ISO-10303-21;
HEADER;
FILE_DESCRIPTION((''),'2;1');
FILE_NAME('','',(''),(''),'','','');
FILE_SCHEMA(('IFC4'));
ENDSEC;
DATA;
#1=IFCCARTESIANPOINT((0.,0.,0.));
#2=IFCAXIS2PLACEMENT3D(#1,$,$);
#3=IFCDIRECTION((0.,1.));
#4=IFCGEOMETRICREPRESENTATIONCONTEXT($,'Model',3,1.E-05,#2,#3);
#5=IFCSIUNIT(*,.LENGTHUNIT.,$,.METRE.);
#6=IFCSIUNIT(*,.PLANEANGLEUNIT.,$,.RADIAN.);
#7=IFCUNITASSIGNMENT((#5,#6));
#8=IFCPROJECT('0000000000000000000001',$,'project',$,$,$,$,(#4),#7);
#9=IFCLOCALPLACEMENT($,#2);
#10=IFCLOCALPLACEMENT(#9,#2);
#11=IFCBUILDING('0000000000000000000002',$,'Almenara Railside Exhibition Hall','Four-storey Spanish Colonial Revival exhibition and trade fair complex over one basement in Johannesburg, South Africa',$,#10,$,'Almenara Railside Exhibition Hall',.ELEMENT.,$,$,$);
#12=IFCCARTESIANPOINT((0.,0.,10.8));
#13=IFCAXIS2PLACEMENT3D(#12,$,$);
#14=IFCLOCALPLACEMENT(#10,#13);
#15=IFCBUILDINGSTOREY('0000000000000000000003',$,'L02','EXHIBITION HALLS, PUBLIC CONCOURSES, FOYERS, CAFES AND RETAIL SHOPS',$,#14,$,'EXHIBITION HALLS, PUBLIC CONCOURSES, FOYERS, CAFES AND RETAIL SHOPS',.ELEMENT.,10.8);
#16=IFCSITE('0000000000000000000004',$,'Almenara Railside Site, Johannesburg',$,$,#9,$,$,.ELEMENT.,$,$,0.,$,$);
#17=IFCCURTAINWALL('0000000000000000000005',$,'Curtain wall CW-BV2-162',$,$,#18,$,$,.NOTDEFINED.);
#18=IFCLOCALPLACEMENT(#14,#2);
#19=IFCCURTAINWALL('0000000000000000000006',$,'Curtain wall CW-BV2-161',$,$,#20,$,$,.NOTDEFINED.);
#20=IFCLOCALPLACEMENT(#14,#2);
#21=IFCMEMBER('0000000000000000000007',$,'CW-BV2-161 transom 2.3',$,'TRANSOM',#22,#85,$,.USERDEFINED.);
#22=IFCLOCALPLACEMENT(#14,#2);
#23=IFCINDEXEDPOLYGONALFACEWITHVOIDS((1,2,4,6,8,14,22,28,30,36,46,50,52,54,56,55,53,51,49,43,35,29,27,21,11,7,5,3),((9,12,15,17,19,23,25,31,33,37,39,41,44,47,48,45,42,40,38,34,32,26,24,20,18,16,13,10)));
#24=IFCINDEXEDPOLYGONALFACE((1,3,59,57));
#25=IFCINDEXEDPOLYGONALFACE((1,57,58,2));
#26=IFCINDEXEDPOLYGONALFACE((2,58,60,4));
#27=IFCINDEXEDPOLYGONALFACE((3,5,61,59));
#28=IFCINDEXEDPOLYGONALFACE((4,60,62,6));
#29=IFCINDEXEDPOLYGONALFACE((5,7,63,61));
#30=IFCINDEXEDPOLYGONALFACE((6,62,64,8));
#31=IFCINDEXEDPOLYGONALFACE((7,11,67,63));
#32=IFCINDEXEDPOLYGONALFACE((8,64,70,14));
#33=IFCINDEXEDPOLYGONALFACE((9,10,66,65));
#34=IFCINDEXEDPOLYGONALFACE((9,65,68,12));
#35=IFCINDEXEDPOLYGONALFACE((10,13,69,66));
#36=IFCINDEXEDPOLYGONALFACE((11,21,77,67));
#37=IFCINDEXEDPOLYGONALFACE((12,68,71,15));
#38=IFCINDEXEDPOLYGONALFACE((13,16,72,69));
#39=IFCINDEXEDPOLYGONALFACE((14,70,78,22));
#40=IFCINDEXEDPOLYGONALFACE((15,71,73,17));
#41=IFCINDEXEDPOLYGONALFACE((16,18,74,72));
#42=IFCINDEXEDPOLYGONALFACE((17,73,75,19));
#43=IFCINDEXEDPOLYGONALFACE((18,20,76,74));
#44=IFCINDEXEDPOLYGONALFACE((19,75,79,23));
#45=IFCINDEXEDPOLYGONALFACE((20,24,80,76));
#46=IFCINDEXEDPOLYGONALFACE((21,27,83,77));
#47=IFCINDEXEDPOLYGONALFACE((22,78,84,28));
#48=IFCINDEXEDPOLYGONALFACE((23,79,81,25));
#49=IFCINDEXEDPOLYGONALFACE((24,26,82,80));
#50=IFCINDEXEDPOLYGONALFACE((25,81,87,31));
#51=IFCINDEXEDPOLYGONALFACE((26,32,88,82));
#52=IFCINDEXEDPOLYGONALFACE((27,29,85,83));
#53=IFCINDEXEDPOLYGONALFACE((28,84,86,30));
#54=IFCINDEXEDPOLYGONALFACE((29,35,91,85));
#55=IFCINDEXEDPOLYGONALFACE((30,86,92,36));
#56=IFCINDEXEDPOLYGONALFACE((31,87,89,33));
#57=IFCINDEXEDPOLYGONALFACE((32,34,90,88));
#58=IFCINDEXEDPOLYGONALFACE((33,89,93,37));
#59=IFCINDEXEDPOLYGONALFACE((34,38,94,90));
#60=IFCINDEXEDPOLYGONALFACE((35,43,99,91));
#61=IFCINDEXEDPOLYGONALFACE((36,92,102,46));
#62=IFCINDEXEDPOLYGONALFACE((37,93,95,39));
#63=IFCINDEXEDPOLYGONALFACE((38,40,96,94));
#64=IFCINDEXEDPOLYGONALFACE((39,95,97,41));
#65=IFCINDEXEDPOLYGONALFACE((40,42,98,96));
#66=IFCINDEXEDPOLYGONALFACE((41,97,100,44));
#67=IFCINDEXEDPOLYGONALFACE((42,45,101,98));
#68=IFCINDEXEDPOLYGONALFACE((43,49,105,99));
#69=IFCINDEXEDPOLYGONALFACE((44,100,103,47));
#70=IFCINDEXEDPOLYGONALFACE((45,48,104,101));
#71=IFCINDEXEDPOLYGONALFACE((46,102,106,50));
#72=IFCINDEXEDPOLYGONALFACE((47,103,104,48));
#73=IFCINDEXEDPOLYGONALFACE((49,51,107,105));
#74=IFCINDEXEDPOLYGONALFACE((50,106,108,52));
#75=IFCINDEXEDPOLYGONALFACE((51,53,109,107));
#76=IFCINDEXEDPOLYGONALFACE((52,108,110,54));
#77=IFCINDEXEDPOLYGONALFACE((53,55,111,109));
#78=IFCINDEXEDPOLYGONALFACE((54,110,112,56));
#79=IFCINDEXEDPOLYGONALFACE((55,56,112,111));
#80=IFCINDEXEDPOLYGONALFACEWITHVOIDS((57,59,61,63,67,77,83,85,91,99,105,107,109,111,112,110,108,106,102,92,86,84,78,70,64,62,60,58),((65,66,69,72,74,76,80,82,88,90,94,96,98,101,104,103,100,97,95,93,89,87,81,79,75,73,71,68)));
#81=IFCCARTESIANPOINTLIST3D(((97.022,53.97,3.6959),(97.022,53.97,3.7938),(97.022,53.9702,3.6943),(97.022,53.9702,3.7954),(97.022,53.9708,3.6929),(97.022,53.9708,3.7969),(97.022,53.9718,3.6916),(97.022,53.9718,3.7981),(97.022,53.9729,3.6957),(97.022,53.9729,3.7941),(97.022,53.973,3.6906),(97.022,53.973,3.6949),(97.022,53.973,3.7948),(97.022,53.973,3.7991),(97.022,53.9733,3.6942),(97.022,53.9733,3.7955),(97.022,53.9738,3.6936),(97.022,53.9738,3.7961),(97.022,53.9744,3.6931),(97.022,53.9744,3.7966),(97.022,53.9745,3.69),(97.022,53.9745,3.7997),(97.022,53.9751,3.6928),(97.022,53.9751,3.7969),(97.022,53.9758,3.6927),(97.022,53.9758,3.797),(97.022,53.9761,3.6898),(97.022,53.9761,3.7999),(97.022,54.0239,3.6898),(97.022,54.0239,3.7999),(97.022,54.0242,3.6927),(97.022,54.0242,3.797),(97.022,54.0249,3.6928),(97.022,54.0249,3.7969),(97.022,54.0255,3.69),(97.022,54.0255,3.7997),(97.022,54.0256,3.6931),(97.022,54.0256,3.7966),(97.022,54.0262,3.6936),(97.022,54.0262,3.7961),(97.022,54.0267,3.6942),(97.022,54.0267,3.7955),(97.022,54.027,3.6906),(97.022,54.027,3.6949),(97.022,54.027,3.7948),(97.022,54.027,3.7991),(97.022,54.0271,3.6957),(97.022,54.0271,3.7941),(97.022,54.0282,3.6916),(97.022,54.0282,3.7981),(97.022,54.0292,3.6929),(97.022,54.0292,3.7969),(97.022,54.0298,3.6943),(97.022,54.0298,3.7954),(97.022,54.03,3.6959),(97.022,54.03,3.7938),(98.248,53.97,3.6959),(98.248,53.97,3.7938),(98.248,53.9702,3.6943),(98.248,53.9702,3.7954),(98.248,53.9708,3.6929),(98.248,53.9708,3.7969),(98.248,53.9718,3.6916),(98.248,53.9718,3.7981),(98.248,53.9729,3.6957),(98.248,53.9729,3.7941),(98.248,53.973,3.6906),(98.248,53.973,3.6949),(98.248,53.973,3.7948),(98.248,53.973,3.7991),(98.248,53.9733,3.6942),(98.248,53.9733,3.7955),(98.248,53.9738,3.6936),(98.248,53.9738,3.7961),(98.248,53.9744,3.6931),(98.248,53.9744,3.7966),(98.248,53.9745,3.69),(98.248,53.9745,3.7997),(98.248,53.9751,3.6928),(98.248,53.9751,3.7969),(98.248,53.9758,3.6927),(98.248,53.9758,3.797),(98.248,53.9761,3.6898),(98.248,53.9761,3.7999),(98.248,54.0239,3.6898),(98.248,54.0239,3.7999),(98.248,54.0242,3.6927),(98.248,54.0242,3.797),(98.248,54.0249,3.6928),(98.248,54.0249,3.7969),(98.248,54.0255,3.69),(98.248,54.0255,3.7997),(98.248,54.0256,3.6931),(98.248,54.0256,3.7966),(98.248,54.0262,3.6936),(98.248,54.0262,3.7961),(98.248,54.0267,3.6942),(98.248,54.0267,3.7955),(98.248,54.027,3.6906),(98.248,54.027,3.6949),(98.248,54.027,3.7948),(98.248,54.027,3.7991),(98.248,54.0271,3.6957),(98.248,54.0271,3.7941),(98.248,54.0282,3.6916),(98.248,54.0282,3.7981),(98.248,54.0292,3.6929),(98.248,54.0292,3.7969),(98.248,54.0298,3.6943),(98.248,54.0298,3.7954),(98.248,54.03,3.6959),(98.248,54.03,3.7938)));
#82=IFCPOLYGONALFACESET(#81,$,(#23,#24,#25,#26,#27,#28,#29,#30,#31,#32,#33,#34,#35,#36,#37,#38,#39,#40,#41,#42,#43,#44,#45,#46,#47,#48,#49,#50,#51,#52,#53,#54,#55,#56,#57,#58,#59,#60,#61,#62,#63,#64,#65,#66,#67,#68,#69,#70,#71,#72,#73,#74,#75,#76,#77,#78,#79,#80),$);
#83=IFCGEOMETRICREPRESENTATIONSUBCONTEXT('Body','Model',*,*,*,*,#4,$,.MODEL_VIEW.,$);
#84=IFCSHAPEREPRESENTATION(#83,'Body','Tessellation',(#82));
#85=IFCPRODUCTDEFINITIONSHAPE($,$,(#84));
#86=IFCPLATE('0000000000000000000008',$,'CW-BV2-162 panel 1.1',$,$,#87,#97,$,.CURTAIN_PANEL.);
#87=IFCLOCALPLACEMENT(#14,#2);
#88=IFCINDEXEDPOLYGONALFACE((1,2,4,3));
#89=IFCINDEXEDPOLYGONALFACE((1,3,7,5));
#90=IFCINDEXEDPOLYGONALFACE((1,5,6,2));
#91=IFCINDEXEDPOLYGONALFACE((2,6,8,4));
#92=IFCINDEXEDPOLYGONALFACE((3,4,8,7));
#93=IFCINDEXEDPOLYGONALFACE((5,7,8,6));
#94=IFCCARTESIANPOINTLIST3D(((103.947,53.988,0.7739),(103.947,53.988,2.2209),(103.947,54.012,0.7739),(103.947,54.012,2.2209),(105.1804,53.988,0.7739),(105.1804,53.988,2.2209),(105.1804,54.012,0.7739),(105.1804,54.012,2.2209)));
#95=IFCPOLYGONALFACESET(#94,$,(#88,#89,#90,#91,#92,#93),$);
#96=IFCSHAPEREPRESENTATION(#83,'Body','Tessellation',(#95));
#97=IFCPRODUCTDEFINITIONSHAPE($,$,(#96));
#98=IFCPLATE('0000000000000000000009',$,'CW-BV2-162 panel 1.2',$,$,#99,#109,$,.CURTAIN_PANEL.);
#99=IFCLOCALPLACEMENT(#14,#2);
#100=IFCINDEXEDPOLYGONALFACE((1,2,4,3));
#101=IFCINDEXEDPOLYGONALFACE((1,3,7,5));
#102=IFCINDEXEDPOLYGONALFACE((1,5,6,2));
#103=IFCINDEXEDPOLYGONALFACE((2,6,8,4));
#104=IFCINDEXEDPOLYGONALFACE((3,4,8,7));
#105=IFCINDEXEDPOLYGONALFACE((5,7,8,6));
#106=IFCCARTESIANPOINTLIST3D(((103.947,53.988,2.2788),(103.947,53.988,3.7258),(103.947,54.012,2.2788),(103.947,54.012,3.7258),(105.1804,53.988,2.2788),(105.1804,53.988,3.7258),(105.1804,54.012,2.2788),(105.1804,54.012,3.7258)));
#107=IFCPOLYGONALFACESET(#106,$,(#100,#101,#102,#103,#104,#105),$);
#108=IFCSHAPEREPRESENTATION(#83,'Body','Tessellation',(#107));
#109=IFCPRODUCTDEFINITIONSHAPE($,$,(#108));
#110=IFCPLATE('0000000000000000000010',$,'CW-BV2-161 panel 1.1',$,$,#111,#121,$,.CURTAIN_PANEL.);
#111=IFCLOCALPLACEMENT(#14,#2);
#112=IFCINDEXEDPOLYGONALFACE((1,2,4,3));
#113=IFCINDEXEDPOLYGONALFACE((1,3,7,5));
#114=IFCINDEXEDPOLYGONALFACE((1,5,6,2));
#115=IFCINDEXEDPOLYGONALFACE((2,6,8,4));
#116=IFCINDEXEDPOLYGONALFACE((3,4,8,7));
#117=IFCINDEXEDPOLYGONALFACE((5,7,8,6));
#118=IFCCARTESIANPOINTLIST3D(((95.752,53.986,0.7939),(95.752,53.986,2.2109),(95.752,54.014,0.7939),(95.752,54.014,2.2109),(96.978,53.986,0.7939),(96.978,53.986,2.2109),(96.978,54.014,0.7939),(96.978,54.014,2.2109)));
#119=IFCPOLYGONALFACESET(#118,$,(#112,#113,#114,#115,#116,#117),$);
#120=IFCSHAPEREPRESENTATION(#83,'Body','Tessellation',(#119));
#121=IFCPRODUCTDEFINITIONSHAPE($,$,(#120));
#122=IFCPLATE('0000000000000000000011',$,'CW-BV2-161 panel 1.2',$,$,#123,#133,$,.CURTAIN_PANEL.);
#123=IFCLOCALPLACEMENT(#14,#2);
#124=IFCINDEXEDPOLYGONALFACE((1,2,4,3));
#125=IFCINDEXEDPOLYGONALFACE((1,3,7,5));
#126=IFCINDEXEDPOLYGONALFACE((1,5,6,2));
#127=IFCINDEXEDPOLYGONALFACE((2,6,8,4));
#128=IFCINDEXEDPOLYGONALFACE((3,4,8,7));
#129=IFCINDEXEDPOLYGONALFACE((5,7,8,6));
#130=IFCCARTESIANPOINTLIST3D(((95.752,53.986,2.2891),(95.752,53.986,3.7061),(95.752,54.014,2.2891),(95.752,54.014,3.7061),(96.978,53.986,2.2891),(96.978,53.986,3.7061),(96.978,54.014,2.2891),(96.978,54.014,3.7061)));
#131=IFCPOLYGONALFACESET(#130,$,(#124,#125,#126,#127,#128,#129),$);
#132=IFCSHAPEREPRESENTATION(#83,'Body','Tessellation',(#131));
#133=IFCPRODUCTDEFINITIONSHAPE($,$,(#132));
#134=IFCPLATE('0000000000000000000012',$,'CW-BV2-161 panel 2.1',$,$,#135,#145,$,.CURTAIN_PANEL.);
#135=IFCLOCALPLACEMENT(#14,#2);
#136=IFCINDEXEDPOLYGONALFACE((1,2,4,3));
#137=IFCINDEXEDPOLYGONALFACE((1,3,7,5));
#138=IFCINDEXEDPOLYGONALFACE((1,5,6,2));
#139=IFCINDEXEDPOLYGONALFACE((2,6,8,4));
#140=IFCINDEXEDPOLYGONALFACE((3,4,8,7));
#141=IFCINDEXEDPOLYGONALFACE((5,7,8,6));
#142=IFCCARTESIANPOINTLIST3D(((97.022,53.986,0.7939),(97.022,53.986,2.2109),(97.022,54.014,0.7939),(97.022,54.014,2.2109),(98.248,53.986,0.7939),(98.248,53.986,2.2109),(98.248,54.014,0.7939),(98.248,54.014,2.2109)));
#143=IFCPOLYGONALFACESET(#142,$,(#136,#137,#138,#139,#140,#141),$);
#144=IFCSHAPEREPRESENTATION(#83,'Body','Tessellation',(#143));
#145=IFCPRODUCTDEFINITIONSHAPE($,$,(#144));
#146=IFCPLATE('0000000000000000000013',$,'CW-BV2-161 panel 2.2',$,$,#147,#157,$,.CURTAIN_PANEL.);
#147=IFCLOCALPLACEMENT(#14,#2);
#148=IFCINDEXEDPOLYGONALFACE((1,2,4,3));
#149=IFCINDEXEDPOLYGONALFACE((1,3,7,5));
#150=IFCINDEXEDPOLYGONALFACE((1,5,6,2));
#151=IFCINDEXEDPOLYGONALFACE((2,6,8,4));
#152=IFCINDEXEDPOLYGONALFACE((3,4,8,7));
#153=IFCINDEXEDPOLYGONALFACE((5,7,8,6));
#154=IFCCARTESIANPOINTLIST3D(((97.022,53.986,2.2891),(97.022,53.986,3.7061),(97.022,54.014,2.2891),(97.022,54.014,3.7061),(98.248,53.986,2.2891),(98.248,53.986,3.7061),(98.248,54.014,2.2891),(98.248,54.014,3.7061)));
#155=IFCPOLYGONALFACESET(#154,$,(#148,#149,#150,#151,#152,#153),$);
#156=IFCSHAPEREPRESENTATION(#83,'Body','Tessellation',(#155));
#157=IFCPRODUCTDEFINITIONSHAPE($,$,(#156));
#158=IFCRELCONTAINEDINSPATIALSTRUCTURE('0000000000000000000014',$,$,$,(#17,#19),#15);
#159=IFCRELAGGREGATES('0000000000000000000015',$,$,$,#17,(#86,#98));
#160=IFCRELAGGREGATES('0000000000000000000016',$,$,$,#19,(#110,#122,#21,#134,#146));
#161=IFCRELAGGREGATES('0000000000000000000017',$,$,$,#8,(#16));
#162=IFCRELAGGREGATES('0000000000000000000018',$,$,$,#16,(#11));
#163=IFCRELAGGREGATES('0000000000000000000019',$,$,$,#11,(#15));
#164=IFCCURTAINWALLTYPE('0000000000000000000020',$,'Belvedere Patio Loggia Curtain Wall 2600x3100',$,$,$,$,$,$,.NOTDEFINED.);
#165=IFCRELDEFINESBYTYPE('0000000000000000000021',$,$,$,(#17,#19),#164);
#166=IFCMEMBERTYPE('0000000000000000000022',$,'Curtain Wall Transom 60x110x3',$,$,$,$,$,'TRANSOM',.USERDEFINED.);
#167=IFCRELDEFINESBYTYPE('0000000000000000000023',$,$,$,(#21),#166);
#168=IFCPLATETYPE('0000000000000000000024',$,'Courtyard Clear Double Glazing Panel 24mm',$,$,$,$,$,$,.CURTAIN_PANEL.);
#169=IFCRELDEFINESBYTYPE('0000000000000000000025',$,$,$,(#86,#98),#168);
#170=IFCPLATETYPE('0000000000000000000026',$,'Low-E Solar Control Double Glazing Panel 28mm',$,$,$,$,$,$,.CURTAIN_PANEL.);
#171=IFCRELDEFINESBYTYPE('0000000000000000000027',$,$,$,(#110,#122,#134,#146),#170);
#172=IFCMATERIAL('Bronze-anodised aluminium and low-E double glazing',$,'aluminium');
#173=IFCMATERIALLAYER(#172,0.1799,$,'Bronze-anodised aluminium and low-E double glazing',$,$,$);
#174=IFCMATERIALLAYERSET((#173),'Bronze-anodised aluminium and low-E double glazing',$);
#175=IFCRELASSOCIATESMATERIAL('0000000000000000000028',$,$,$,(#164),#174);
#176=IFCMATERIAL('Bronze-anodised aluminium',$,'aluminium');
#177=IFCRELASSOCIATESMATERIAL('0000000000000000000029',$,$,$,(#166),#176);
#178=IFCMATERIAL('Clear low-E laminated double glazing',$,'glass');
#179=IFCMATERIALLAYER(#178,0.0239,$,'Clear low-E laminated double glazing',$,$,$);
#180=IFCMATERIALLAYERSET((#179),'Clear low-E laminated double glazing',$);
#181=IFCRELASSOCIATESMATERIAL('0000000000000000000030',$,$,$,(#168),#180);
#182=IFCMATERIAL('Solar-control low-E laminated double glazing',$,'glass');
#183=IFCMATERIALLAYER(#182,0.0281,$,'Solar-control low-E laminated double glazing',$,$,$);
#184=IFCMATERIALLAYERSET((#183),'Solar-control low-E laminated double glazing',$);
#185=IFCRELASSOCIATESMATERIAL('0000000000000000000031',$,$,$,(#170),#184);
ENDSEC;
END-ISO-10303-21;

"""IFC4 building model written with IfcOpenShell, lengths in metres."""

from ifc_helpers import new_model, si_unit, direction, frame, origin, origin_2d, place, context, subcontext, project, spatial, rectangle, hollow_rectangle, extrude, material, layer, layer_set, material_profile, profile_set, type_object, element, aggregate, save


model = new_model("IFC4")

# Units and contexts
model_context = context("Model", 3, precision=1e-05, world=origin(), true_north=direction((0.0, 1.0)))
body_context = subcontext(model_context, "Body", "Model", "MODEL_VIEW")
ifc_project = project(units=[si_unit("LENGTHUNIT", "METRE"), si_unit("PLANEANGLEUNIT", "RADIAN")], contexts=[model_context])

# Site, building, storey
site_placement = place(None, origin())
site = spatial("IfcSite", under=ifc_project, at=site_placement, Name="Almenara Railside Site, Johannesburg", CompositionType="ELEMENT", RefElevation=0.0)
building_placement = place(site_placement, origin())
building = spatial("IfcBuilding", under=site, at=building_placement, Name="Almenara Railside Exhibition Hall", Description="Four-storey Spanish Colonial Revival exhibition and trade fair complex over one basement in Johannesburg, South Africa", LongName="Almenara Railside Exhibition Hall", CompositionType="ELEMENT")
storey_placement = place(building_placement, frame((0.0, 0.0, 10.8)))
storey = spatial("IfcBuildingStorey", under=building, at=storey_placement, Name="L02", Description="EXHIBITION HALLS, PUBLIC CONCOURSES, FOYERS, CAFES AND RETAIL SHOPS", LongName="EXHIBITION HALLS, PUBLIC CONCOURSES, FOYERS, CAFES AND RETAIL SHOPS", CompositionType="ELEMENT", Elevation=10.8)

# Curtain wall
ifc_material_1 = material(Name="Bronze-anodised aluminium and low-E double glazing", Category="aluminium")
ifc_layer_1 = layer(ifc_material_1, 0.1799, Name="Bronze-anodised aluminium and low-E double glazing")
ifc_layer_set_1 = layer_set([ifc_layer_1], Name="Bronze-anodised aluminium and low-E double glazing")
curtain_wall_type = type_object("IfcCurtainWallType", Name="Belvedere Patio Loggia Curtain Wall 2600x3100", PredefinedType="NOTDEFINED", material=ifc_layer_set_1)
curtain_wall_1_placement = place(storey_placement, origin())
curtain_wall_1 = element("IfcCurtainWall", 1, at=curtain_wall_1_placement, inside=storey, type_object=curtain_wall_type, Name="Curtain wall CW-BV2-162", PredefinedType="NOTDEFINED")
ifc_material_2 = material(Name="Bronze-anodised aluminium", Category="aluminium")

# Curtain wall
curtain_wall_2_placement = place(storey_placement, origin())
curtain_wall_2 = element("IfcCurtainWall", 2, at=curtain_wall_2_placement, inside=storey, type_object=curtain_wall_type, Name="Curtain wall CW-BV2-161", PredefinedType="NOTDEFINED")

# Member
ifc_material_profile_1 = material_profile(ifc_material_2, hollow_rectangle(XDim=0.0601, YDim=0.1101, WallThickness=0.0029, InnerFilletRadius=0.0029, OuterFilletRadius=0.0061, at=origin_2d()), Name="ALU-TRN 60x110x3")
ifc_profile_set_1 = profile_set([ifc_material_profile_1], Name="Bronze-anodised aluminium")
member_type_1 = type_object("IfcMemberType", Name="Curtain Wall Transom 60x110x3", ElementType="TRANSOM", PredefinedType="USERDEFINED", material=ifc_profile_set_1)
member_1_placement = place(storey_placement, frame((97.022, 54.0, 3.7449), z_axis=(1.0, 0.0, 0.0), x_axis=(0.0, 1.0, 0.0)))
member_1 = element("IfcMember", 3, at=member_1_placement, type_object=member_type_1, Name="CW-BV2-161 transom 2.3", ObjectType="TRANSOM", PredefinedType="USERDEFINED", context=body_context, shape_type="SweptSolid", body=[
    extrude(hollow_rectangle(XDim=0.0601, YDim=0.1101, WallThickness=0.0029, InnerFilletRadius=0.0029, OuterFilletRadius=0.0061, at=origin_2d()), origin(), (0.0, 0.0, 1.0), 1.2261),
])

# Plates
ifc_material_3 = material(Name="Clear low-E laminated double glazing", Category="glass")
ifc_layer_2 = layer(ifc_material_3, 0.0239, Name="Clear low-E laminated double glazing")
ifc_layer_set_2 = layer_set([ifc_layer_2], Name="Clear low-E laminated double glazing")
plate_type_1 = type_object("IfcPlateType", Name="Courtyard Clear Double Glazing Panel 24mm", PredefinedType="CURTAIN_PANEL", material=ifc_layer_set_2)
plate_1_placement = place(storey_placement, frame((104.5637, 54.0, 0.7739), z_axis=(0.0, 0.0, 1.0), x_axis=(1.0, 0.0, 0.0)))
plate_1 = element("IfcPlate", 4, at=plate_1_placement, type_object=plate_type_1, Name="CW-BV2-162 panel 1.1", PredefinedType="CURTAIN_PANEL", context=body_context, shape_type="SweptSolid", body=[
    extrude(rectangle(XDim=1.2334, YDim=0.0239, at=origin_2d()), origin(), (0.0, 0.0, 1.0), 1.447),
])
plate_2_placement = place(storey_placement, frame((104.5637, 54.0, 2.2788), z_axis=(0.0, 0.0, 1.0), x_axis=(1.0, 0.0, 0.0)))
plate_2 = element("IfcPlate", 5, at=plate_2_placement, type_object=plate_type_1, Name="CW-BV2-162 panel 1.2", PredefinedType="CURTAIN_PANEL", context=body_context, shape_type="SweptSolid", body=[
    extrude(rectangle(XDim=1.2334, YDim=0.0239, at=origin_2d()), origin(), (0.0, 0.0, 1.0), 1.447),
])
aggregate(curtain_wall_1, [plate_1, plate_2])
ifc_material_4 = material(Name="Solar-control low-E laminated double glazing", Category="glass")
ifc_layer_3 = layer(ifc_material_4, 0.0281, Name="Solar-control low-E laminated double glazing")
ifc_layer_set_3 = layer_set([ifc_layer_3], Name="Solar-control low-E laminated double glazing")
plate_type_2 = type_object("IfcPlateType", Name="Low-E Solar Control Double Glazing Panel 28mm", PredefinedType="CURTAIN_PANEL", material=ifc_layer_set_3)
plate_3_placement = place(storey_placement, frame((96.365, 54.0, 0.7939), z_axis=(0.0, 0.0, 1.0), x_axis=(1.0, 0.0, 0.0)))
plate_3 = element("IfcPlate", 6, at=plate_3_placement, type_object=plate_type_2, Name="CW-BV2-161 panel 1.1", PredefinedType="CURTAIN_PANEL", context=body_context, shape_type="SweptSolid", body=[
    extrude(rectangle(XDim=1.2261, YDim=0.0281, at=origin_2d()), origin(), (0.0, 0.0, 1.0), 1.417),
])
plate_4_placement = place(storey_placement, frame((96.365, 54.0, 2.2891), z_axis=(0.0, 0.0, 1.0), x_axis=(1.0, 0.0, 0.0)))
plate_4 = element("IfcPlate", 7, at=plate_4_placement, type_object=plate_type_2, Name="CW-BV2-161 panel 1.2", PredefinedType="CURTAIN_PANEL", context=body_context, shape_type="SweptSolid", body=[
    extrude(rectangle(XDim=1.2261, YDim=0.0281, at=origin_2d()), origin(), (0.0, 0.0, 1.0), 1.417),
])
plate_5_placement = place(storey_placement, frame((97.635, 54.0, 0.7939), z_axis=(0.0, 0.0, 1.0), x_axis=(1.0, 0.0, 0.0)))
plate_5 = element("IfcPlate", 8, at=plate_5_placement, type_object=plate_type_2, Name="CW-BV2-161 panel 2.1", PredefinedType="CURTAIN_PANEL", context=body_context, shape_type="SweptSolid", body=[
    extrude(rectangle(XDim=1.2261, YDim=0.0281, at=origin_2d()), origin(), (0.0, 0.0, 1.0), 1.417),
])
plate_6_placement = place(storey_placement, frame((97.635, 54.0, 2.2891), z_axis=(0.0, 0.0, 1.0), x_axis=(1.0, 0.0, 0.0)))
plate_6 = element("IfcPlate", 9, at=plate_6_placement, type_object=plate_type_2, Name="CW-BV2-161 panel 2.2", PredefinedType="CURTAIN_PANEL", context=body_context, shape_type="SweptSolid", body=[
    extrude(rectangle(XDim=1.2261, YDim=0.0281, at=origin_2d()), origin(), (0.0, 0.0, 1.0), 1.417),
])
aggregate(curtain_wall_2, [plate_3, plate_4, member_1, plate_5, plate_6])

save(model, "model.ifc")
